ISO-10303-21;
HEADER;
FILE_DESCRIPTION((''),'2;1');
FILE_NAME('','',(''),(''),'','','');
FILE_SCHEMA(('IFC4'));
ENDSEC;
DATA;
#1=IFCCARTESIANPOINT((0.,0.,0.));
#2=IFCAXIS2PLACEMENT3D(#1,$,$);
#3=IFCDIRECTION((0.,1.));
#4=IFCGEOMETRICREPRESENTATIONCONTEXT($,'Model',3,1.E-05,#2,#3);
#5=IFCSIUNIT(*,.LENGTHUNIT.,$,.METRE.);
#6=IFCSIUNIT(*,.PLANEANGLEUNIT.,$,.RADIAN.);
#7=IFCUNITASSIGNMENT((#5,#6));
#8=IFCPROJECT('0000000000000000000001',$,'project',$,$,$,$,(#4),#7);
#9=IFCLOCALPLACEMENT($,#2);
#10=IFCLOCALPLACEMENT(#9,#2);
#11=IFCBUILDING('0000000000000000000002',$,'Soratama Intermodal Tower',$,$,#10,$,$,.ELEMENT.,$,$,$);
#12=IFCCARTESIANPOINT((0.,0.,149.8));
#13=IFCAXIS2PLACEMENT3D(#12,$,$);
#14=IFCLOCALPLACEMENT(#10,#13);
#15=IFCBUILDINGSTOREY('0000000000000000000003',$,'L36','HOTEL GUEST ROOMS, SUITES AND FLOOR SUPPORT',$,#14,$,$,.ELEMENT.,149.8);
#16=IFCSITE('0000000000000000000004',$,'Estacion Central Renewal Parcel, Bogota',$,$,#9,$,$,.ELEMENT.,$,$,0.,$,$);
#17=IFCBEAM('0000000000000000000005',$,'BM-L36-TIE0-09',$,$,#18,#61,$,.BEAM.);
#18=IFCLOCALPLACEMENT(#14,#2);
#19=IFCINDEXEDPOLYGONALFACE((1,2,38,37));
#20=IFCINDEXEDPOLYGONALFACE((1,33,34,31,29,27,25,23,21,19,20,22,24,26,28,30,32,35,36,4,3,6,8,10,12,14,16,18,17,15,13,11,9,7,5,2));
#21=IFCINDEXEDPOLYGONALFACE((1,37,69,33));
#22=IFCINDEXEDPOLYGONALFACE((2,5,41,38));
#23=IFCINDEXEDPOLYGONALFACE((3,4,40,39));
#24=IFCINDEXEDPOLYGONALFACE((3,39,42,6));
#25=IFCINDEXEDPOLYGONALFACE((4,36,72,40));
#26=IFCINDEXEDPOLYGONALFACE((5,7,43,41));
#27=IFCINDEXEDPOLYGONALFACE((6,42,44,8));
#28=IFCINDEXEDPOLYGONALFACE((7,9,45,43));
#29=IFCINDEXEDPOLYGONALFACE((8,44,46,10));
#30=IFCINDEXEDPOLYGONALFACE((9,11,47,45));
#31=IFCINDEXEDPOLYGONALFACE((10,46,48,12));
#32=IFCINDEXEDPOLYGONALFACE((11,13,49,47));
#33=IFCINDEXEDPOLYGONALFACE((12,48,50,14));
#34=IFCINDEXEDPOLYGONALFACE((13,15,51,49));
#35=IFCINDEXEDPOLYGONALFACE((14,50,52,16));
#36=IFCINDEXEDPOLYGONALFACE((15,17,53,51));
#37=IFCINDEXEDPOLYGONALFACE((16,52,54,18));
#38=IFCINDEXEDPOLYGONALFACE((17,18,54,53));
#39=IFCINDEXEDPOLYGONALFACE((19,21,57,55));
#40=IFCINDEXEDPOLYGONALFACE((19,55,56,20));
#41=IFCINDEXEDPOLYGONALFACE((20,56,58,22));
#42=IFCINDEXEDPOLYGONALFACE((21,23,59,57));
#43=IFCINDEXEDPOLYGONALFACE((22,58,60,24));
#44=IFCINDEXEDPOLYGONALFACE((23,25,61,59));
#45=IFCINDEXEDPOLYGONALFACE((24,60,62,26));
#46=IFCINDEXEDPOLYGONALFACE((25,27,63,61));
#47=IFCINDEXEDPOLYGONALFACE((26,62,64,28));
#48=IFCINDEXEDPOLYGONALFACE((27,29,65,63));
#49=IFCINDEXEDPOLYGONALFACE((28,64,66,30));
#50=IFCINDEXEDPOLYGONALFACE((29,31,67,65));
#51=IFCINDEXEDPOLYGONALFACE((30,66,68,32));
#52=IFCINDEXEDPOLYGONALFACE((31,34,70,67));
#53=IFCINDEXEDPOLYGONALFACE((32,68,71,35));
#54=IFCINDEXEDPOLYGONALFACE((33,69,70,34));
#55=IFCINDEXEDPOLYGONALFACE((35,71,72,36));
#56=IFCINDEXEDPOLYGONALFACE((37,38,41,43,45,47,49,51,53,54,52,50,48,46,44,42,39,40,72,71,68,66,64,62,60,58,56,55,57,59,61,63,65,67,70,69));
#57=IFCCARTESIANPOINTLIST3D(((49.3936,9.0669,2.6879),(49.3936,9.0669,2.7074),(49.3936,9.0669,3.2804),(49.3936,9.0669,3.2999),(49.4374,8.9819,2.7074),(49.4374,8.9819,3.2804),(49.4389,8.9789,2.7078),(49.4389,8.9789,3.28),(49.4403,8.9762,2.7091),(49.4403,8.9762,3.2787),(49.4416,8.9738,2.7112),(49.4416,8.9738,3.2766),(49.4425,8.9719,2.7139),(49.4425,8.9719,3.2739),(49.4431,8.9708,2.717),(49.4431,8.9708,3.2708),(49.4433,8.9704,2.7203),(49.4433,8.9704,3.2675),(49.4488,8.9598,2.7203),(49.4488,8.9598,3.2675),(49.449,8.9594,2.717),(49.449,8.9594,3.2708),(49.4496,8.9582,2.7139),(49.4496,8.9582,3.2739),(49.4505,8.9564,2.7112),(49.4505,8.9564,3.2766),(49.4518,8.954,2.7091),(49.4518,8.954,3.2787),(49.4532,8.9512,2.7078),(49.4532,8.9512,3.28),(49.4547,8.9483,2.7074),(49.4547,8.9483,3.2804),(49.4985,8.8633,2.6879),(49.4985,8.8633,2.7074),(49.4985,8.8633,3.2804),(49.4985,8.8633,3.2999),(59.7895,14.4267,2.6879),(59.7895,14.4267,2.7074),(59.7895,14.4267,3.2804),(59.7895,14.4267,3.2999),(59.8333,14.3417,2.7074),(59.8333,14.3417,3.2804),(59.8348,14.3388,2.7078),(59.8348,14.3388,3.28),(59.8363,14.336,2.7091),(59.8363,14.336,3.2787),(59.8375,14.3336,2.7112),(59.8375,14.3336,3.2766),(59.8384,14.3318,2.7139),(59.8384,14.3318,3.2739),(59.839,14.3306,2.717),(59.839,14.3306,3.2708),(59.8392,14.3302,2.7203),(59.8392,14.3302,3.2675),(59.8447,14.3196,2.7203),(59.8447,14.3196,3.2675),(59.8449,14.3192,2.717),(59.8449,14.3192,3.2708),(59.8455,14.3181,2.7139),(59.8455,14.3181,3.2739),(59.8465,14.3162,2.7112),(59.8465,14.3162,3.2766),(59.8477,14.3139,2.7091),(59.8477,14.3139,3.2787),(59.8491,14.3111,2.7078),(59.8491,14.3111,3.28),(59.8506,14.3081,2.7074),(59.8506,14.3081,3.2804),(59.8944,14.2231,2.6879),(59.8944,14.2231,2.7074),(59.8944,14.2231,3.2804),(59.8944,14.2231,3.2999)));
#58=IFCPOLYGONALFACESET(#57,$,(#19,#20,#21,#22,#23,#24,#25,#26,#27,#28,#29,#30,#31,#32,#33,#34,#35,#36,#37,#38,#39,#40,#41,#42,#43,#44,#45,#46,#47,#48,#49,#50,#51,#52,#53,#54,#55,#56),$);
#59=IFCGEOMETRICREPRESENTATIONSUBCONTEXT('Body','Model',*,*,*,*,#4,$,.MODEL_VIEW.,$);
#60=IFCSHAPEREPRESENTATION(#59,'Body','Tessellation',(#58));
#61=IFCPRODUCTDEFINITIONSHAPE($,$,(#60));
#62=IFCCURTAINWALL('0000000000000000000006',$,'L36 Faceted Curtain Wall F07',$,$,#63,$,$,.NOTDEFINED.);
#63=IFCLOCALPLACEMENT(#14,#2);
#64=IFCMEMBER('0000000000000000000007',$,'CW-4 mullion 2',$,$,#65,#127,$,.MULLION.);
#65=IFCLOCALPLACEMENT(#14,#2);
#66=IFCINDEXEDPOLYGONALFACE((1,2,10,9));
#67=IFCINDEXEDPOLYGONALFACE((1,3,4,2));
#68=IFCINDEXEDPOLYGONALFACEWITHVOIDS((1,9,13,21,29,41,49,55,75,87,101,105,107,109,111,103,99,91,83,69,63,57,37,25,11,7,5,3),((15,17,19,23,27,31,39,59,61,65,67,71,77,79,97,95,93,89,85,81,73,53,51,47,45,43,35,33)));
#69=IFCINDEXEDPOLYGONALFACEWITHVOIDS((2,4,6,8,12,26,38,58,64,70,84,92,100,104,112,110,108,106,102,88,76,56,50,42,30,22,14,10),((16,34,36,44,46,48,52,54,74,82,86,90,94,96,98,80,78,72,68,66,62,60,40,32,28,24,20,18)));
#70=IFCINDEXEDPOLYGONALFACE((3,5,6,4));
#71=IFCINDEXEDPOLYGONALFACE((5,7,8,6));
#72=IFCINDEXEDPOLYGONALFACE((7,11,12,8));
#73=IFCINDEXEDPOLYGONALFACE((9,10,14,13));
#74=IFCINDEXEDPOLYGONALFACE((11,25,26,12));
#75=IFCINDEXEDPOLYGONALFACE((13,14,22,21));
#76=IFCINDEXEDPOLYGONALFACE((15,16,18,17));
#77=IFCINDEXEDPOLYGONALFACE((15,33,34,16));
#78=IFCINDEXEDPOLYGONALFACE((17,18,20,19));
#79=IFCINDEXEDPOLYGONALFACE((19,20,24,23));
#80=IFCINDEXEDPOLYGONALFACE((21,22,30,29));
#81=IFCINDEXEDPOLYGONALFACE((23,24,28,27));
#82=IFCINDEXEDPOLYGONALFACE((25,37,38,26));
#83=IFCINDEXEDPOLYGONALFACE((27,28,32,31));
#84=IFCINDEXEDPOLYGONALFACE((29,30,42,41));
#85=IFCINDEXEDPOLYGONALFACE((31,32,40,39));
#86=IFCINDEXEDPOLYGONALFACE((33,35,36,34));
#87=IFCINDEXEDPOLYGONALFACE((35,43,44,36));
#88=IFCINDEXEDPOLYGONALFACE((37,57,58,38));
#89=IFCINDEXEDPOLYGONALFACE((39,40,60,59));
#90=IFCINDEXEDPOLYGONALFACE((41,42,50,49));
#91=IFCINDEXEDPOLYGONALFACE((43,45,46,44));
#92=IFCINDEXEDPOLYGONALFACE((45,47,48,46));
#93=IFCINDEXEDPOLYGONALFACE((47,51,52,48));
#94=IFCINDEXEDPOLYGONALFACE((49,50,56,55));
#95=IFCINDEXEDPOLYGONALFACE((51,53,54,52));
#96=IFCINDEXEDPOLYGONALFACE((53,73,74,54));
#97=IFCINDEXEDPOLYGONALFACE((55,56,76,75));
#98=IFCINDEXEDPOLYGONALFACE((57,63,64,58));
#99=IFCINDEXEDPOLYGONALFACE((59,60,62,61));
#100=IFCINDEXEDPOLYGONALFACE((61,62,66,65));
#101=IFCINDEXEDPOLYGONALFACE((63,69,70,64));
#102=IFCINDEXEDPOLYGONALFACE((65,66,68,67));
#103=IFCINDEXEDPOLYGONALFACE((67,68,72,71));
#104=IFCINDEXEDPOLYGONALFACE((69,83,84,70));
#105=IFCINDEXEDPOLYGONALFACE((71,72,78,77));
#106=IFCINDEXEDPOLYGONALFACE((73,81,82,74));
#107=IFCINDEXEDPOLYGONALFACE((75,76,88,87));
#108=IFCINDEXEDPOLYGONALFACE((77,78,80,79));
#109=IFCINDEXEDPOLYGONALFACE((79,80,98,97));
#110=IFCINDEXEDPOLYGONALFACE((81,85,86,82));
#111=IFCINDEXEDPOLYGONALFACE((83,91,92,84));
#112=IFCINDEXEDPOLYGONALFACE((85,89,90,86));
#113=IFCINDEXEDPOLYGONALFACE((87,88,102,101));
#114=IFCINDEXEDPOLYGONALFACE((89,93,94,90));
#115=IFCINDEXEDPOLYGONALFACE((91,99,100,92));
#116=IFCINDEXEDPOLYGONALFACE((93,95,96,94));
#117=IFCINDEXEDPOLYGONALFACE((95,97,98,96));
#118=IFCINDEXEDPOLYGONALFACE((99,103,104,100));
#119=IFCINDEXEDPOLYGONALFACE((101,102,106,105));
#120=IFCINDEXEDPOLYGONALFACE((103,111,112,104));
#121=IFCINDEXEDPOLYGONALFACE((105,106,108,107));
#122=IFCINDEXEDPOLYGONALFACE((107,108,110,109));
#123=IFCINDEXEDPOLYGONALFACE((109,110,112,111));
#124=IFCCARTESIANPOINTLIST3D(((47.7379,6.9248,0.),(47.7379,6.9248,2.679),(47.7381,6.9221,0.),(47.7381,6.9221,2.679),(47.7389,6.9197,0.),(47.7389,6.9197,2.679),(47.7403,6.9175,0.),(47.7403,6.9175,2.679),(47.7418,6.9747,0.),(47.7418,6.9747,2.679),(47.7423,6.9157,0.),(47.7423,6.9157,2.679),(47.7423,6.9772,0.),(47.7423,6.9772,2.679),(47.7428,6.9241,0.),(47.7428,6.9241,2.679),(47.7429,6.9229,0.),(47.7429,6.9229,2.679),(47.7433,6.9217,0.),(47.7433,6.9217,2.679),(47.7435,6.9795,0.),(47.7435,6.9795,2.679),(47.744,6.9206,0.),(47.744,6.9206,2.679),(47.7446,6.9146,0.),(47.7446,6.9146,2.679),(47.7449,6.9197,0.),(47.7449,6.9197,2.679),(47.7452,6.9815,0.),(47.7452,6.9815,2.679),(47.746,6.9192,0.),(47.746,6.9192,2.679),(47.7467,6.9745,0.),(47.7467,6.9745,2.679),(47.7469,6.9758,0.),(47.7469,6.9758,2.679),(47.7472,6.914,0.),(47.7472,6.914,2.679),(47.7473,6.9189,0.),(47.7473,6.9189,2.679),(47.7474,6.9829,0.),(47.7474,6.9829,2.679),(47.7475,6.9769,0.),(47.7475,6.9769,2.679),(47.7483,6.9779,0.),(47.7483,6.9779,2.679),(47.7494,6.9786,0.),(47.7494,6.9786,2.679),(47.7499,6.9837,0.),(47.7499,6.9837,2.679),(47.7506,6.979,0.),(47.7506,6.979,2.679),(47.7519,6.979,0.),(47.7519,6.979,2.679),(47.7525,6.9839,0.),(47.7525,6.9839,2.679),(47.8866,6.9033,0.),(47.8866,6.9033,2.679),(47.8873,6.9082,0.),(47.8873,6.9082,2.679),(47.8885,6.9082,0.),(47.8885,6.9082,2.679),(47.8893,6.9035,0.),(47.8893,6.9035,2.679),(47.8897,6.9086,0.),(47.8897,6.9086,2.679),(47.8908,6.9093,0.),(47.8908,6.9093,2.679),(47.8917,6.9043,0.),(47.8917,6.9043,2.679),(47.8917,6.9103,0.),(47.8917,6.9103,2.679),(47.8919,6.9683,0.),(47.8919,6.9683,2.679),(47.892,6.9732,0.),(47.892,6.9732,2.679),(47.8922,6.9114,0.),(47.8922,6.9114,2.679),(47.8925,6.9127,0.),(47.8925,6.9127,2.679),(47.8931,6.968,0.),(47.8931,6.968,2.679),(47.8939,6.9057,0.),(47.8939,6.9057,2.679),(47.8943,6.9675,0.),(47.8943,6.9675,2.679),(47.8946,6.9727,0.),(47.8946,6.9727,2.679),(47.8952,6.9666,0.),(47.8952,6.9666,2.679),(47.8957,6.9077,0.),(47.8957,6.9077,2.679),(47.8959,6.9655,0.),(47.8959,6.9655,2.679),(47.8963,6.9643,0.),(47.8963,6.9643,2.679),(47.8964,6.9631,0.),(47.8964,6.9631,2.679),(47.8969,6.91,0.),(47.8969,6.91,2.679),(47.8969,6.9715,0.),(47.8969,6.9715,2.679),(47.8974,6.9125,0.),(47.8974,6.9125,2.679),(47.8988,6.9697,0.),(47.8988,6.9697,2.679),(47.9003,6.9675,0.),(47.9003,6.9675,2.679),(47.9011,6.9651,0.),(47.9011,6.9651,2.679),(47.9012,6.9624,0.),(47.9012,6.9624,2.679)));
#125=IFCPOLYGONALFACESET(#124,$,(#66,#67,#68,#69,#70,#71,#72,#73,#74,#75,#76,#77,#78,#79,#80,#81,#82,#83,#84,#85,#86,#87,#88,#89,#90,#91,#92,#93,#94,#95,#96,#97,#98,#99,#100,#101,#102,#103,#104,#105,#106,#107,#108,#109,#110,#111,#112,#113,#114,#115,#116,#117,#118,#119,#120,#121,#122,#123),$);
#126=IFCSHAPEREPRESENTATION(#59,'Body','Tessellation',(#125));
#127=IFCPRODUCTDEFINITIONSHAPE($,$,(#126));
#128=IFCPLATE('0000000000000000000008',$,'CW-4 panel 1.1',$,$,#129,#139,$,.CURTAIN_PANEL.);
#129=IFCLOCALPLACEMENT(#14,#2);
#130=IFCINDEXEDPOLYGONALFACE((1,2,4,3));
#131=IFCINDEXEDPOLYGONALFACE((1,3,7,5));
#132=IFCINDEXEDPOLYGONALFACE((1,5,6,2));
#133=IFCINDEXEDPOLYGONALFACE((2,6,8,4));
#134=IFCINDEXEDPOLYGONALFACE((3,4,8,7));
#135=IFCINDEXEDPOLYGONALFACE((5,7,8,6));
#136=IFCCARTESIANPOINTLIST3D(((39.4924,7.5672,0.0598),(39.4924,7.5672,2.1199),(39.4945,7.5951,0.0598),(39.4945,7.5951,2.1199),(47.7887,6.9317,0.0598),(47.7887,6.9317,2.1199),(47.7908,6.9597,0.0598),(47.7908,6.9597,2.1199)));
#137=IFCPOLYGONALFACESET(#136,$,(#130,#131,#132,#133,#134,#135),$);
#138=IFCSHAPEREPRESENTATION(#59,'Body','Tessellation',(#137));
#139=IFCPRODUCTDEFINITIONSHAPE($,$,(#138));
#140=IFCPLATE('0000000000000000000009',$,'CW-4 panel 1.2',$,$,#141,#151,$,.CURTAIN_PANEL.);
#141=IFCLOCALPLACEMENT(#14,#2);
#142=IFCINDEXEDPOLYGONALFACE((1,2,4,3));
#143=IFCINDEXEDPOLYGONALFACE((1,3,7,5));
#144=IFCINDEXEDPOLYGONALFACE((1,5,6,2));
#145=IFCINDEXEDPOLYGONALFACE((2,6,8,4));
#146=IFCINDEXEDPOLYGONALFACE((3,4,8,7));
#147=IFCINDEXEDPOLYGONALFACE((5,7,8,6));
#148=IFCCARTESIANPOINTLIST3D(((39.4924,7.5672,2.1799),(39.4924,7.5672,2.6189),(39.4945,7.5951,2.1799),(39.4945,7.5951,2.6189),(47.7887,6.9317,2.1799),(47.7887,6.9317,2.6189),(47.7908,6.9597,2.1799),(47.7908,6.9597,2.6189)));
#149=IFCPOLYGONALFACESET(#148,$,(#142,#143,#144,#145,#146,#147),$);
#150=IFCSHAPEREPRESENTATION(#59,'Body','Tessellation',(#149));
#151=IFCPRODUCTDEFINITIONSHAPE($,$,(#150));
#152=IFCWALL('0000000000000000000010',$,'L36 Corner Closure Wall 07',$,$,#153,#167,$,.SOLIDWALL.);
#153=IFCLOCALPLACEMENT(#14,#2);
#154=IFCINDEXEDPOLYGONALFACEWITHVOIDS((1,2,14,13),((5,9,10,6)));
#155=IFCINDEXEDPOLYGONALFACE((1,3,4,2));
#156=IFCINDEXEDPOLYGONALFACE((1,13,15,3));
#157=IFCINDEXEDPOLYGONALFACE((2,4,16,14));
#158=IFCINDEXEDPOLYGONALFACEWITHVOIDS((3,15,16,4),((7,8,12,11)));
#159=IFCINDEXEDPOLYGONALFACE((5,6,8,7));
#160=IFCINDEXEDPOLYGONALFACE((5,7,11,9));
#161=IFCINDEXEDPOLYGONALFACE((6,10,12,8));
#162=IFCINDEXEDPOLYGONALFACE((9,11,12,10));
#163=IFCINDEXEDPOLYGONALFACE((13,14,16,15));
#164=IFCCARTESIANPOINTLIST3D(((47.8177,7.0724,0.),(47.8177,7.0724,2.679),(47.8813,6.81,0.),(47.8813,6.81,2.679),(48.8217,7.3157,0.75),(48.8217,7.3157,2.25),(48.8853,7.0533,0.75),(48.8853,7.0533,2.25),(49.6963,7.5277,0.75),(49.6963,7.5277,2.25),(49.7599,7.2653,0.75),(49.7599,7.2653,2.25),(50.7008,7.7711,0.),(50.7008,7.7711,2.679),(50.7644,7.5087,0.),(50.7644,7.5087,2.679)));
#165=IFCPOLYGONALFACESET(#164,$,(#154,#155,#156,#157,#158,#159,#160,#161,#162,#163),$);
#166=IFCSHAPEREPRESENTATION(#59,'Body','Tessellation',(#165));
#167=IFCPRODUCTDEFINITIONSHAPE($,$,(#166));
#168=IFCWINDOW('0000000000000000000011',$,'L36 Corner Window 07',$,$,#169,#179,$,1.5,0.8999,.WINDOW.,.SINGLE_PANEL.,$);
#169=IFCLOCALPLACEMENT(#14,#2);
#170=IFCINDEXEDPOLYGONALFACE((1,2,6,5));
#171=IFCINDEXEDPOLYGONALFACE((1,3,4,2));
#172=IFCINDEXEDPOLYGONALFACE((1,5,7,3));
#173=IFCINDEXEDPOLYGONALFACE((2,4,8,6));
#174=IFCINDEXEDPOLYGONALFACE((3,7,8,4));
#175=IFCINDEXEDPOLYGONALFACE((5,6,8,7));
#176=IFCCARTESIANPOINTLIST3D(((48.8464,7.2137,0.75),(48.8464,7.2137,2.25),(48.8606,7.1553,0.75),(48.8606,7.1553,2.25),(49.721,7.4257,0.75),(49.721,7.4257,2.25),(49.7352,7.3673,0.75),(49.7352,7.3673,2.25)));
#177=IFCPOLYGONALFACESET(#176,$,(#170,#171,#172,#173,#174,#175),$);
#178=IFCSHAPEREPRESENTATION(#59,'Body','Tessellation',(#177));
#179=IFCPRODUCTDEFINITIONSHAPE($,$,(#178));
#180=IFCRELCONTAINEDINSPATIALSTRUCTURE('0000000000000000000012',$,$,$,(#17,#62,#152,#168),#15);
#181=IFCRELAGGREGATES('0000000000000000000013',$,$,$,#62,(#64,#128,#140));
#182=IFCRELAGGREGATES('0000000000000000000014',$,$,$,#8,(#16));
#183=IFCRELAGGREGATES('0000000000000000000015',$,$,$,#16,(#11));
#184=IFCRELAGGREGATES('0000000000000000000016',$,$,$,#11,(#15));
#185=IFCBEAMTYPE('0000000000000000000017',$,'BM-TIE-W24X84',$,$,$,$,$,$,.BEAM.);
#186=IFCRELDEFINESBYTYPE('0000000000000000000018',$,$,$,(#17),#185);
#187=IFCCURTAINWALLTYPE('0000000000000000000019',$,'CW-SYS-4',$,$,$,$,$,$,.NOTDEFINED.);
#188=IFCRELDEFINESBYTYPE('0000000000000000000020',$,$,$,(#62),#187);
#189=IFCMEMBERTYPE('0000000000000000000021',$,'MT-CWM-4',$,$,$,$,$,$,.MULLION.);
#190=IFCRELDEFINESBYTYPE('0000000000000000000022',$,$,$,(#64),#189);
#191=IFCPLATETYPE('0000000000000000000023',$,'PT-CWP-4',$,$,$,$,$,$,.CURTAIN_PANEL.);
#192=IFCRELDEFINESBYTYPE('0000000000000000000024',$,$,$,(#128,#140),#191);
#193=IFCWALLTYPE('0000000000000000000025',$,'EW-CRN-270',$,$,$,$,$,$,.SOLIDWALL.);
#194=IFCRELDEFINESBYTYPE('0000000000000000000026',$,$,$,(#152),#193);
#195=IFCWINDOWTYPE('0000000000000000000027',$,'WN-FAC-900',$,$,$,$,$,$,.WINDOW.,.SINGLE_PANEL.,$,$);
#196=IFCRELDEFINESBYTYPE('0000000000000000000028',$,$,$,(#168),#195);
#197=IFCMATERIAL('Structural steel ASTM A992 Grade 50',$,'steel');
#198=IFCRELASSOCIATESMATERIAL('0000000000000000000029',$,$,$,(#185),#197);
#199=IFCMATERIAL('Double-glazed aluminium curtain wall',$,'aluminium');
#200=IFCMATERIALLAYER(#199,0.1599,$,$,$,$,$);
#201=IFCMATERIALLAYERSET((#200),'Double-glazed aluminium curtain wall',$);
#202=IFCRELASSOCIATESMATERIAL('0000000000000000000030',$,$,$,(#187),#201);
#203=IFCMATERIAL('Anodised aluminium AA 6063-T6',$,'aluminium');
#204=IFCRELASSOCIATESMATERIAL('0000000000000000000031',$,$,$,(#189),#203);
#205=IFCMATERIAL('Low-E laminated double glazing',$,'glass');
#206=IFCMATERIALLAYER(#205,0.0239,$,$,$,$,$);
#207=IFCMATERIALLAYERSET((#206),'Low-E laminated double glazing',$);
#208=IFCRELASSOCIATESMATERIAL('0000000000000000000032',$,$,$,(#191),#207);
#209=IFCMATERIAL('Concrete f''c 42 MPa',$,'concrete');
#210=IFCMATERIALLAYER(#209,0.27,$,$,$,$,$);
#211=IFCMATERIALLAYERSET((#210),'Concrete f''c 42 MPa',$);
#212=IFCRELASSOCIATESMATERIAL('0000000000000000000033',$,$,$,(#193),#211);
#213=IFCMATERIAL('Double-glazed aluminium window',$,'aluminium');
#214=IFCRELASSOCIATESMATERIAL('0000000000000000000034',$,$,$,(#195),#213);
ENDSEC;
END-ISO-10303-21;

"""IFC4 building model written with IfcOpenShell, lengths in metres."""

from ifc_helpers import new_model, si_unit, direction, frame, frame_2d, origin, origin_2d, place, context, subcontext, project, spatial, rectangle, hollow_rectangle, i_section, extrude, material, layer, layer_set, material_profile, profile_set, type_object, element, fill, aggregate, save


model = new_model("IFC4")

# Units and contexts
model_context = context("Model", 3, precision=1e-05, world=origin(), true_north=direction((0.0, 1.0)))
body_context = subcontext(model_context, "Body", "Model", "MODEL_VIEW")
ifc_project = project(units=[si_unit("LENGTHUNIT", "METRE"), si_unit("PLANEANGLEUNIT", "RADIAN")], contexts=[model_context])

# Site, building, storey
site_placement = place(None, origin())
site = spatial("IfcSite", under=ifc_project, at=site_placement, Name="Estacion Central Renewal Parcel, Bogota", CompositionType="ELEMENT", RefElevation=0.0)
building_placement = place(site_placement, origin())
building = spatial("IfcBuilding", under=site, at=building_placement, Name="Soratama Intermodal Tower", CompositionType="ELEMENT")
storey_placement = place(building_placement, frame((0.0, 0.0, 149.8)))
storey = spatial("IfcBuildingStorey", under=building, at=storey_placement, Name="L36", Description="HOTEL GUEST ROOMS, SUITES AND FLOOR SUPPORT", CompositionType="ELEMENT", Elevation=149.8)

# Beam
ifc_material_1 = material(Name="Structural steel ASTM A992 Grade 50", Category="steel")
ifc_material_profile_1 = material_profile(ifc_material_1, i_section(OverallWidth=0.229, OverallDepth=0.6121, WebThickness=0.012, FlangeThickness=0.0195, FilletRadius=0.0129, at=origin_2d()), Name="W24X84")
ifc_profile_set_1 = profile_set([ifc_material_profile_1], Name="Structural steel ASTM A992 Grade 50")
beam_type_1 = type_object("IfcBeamType", Name="BM-TIE-W24X84", PredefinedType="BEAM", material=ifc_profile_set_1)
beam_1_placement = place(storey_placement, frame((49.446, 8.9651, 2.9939), z_axis=(0.888823, 0.45825, 0.0), x_axis=(-0.45825, 0.888823, 0.0)))
element("IfcBeam", 1, at=beam_1_placement, inside=storey, type_object=beam_type_1, Name="BM-L36-TIE0-09", PredefinedType="BEAM", context=body_context, shape_type="SweptSolid", body=[
    extrude(i_section(OverallWidth=0.229, OverallDepth=0.6121, WebThickness=0.012, FlangeThickness=0.0195, FilletRadius=0.0129, at=origin_2d()), origin(), (0.0, 0.0, 1.0), 11.6963),
])

# Curtain wall, member, plates
ifc_material_2 = material(Name="Double-glazed aluminium curtain wall", Category="aluminium")
ifc_layer_1 = layer(ifc_material_2, 0.1599)
ifc_layer_set_1 = layer_set([ifc_layer_1], Name="Double-glazed aluminium curtain wall")
curtain_wall_type = type_object("IfcCurtainWallType", Name="CW-SYS-4", PredefinedType="NOTDEFINED", material=ifc_layer_set_1)
curtain_wall_placement = place(storey_placement, origin())
curtain_wall = element("IfcCurtainWall", 2, at=curtain_wall_placement, inside=storey, type_object=curtain_wall_type, Name="L36 Faceted Curtain Wall F07", PredefinedType="NOTDEFINED")
ifc_material_3 = material(Name="Anodised aluminium AA 6063-T6", Category="aluminium")
ifc_material_profile_2 = material_profile(ifc_material_3, hollow_rectangle(XDim=0.0701, YDim=0.1599, WallThickness=0.0049, InnerFilletRadius=0.0049, OuterFilletRadius=0.01, at=origin_2d()), Name="CWM160X70X5")
ifc_profile_set_2 = profile_set([ifc_material_profile_2], Name="Anodised aluminium AA 6063-T6")
member_type = type_object("IfcMemberType", Name="MT-CWM-4", PredefinedType="MULLION", material=ifc_profile_set_2)
member_placement = place(storey_placement, frame((47.8196, 6.9436, 0.0), z_axis=(0.0, 0.0, 1.0), x_axis=(0.07637, 0.99708, 0.0)))
member = element("IfcMember", 3, at=member_placement, type_object=member_type, Name="CW-4 mullion 2", PredefinedType="MULLION", context=body_context, shape_type="SweptSolid", body=[
    extrude(hollow_rectangle(XDim=0.0701, YDim=0.1599, WallThickness=0.0049, InnerFilletRadius=0.0049, OuterFilletRadius=0.01, at=origin_2d()), origin(), (0.0, 0.0, 1.0), 2.679),
])
ifc_material_4 = material(Name="Low-E laminated double glazing", Category="glass")
ifc_layer_2 = layer(ifc_material_4, 0.0239)
ifc_layer_set_2 = layer_set([ifc_layer_2], Name="Low-E laminated double glazing")
plate_type = type_object("IfcPlateType", Name="PT-CWP-4", PredefinedType="CURTAIN_PANEL", material=ifc_layer_set_2)
plate_1_placement = place(storey_placement, frame((43.6416, 7.2634, 0.0598), z_axis=(0.0, 0.0, 1.0), x_axis=(0.99708, -0.07637, 0.0)))
plate_1 = element("IfcPlate", 4, at=plate_1_placement, type_object=plate_type, Name="CW-4 panel 1.1", PredefinedType="CURTAIN_PANEL", context=body_context, shape_type="SweptSolid", body=[
    extrude(rectangle(XDim=8.3206, YDim=0.0281, at=origin_2d()), origin(), (0.0, 0.0, 1.0), 2.0601),
])
plate_2_placement = place(storey_placement, frame((43.6416, 7.2634, 2.1799), z_axis=(0.0, 0.0, 1.0), x_axis=(0.99708, -0.07637, 0.0)))
plate_2 = element("IfcPlate", 5, at=plate_2_placement, type_object=plate_type, Name="CW-4 panel 1.2", PredefinedType="CURTAIN_PANEL", context=body_context, shape_type="SweptSolid", body=[
    extrude(rectangle(XDim=8.3206, YDim=0.0281, at=origin_2d()), origin(), (0.0, 0.0, 1.0), 0.439),
])
aggregate(curtain_wall, [member, plate_1, plate_2])

# Wall, opening, window
ifc_material_5 = material(Name="Concrete f'c 42 MPa", Category="concrete")
ifc_layer_3 = layer(ifc_material_5, 0.27)
ifc_layer_set_3 = layer_set([ifc_layer_3], Name="Concrete f'c 42 MPa")
wall_type_1 = type_object("IfcWallType", Name="EW-CRN-270", PredefinedType="SOLIDWALL", material=ifc_layer_set_3)
wall_1_placement = place(storey_placement, frame((47.8494, 6.9412, 0.0), z_axis=(0.0, 0.0, 1.0), x_axis=(0.971865, 0.235539, 0.0)))
wall_1 = element("IfcWall", 6, at=wall_1_placement, inside=storey, type_object=wall_type_1, Name="L36 Corner Closure Wall 07", PredefinedType="SOLIDWALL", context=body_context, shape_type="SweptSolid", body=[
    extrude(rectangle(XDim=2.9666, YDim=0.27, at=frame_2d((1.4834, 0.0))), origin(), (0.0, 0.0, 1.0), 2.679),
])
opening_1_placement = place(wall_1_placement, frame((1.0332, 0.0, 0.75)))
opening_1 = element("IfcOpeningElement", 7, at=opening_1_placement, cuts=wall_1, PredefinedType="OPENING", context=body_context, shape_type="SweptSolid", body=[
    extrude(rectangle(XDim=0.8999, YDim=1.5, at=frame_2d((0.45, 0.75))), frame((0.0, 0.145, 0.0), z_axis=(0.0, -1.0, 0.0), x_axis=(1.0, 0.0, 0.0)), (0.0, 0.0, 1.0), 0.29),
])
ifc_material_6 = material(Name="Double-glazed aluminium window", Category="aluminium")
window_type = type_object("IfcWindowType", Name="WN-FAC-900", PartitioningType="SINGLE_PANEL", PredefinedType="WINDOW", material=ifc_material_6)
window_placement = place(opening_1_placement, origin())
window = element("IfcWindow", 8, at=window_placement, inside=storey, type_object=window_type, Name="L36 Corner Window 07", OverallHeight=1.5, OverallWidth=0.8999, PartitioningType="SINGLE_PANEL", PredefinedType="WINDOW", context=body_context, shape_type="SweptSolid", body=[
    extrude(rectangle(XDim=0.8999, YDim=1.5, at=frame_2d((0.45, 0.75))), frame((0.0, 0.03, 0.0), z_axis=(0.0, -1.0, 0.0), x_axis=(1.0, 0.0, 0.0)), (0.0, 0.0, 1.0), 0.0601),
])
fill(opening_1, window)

save(model, "model.ifc")
